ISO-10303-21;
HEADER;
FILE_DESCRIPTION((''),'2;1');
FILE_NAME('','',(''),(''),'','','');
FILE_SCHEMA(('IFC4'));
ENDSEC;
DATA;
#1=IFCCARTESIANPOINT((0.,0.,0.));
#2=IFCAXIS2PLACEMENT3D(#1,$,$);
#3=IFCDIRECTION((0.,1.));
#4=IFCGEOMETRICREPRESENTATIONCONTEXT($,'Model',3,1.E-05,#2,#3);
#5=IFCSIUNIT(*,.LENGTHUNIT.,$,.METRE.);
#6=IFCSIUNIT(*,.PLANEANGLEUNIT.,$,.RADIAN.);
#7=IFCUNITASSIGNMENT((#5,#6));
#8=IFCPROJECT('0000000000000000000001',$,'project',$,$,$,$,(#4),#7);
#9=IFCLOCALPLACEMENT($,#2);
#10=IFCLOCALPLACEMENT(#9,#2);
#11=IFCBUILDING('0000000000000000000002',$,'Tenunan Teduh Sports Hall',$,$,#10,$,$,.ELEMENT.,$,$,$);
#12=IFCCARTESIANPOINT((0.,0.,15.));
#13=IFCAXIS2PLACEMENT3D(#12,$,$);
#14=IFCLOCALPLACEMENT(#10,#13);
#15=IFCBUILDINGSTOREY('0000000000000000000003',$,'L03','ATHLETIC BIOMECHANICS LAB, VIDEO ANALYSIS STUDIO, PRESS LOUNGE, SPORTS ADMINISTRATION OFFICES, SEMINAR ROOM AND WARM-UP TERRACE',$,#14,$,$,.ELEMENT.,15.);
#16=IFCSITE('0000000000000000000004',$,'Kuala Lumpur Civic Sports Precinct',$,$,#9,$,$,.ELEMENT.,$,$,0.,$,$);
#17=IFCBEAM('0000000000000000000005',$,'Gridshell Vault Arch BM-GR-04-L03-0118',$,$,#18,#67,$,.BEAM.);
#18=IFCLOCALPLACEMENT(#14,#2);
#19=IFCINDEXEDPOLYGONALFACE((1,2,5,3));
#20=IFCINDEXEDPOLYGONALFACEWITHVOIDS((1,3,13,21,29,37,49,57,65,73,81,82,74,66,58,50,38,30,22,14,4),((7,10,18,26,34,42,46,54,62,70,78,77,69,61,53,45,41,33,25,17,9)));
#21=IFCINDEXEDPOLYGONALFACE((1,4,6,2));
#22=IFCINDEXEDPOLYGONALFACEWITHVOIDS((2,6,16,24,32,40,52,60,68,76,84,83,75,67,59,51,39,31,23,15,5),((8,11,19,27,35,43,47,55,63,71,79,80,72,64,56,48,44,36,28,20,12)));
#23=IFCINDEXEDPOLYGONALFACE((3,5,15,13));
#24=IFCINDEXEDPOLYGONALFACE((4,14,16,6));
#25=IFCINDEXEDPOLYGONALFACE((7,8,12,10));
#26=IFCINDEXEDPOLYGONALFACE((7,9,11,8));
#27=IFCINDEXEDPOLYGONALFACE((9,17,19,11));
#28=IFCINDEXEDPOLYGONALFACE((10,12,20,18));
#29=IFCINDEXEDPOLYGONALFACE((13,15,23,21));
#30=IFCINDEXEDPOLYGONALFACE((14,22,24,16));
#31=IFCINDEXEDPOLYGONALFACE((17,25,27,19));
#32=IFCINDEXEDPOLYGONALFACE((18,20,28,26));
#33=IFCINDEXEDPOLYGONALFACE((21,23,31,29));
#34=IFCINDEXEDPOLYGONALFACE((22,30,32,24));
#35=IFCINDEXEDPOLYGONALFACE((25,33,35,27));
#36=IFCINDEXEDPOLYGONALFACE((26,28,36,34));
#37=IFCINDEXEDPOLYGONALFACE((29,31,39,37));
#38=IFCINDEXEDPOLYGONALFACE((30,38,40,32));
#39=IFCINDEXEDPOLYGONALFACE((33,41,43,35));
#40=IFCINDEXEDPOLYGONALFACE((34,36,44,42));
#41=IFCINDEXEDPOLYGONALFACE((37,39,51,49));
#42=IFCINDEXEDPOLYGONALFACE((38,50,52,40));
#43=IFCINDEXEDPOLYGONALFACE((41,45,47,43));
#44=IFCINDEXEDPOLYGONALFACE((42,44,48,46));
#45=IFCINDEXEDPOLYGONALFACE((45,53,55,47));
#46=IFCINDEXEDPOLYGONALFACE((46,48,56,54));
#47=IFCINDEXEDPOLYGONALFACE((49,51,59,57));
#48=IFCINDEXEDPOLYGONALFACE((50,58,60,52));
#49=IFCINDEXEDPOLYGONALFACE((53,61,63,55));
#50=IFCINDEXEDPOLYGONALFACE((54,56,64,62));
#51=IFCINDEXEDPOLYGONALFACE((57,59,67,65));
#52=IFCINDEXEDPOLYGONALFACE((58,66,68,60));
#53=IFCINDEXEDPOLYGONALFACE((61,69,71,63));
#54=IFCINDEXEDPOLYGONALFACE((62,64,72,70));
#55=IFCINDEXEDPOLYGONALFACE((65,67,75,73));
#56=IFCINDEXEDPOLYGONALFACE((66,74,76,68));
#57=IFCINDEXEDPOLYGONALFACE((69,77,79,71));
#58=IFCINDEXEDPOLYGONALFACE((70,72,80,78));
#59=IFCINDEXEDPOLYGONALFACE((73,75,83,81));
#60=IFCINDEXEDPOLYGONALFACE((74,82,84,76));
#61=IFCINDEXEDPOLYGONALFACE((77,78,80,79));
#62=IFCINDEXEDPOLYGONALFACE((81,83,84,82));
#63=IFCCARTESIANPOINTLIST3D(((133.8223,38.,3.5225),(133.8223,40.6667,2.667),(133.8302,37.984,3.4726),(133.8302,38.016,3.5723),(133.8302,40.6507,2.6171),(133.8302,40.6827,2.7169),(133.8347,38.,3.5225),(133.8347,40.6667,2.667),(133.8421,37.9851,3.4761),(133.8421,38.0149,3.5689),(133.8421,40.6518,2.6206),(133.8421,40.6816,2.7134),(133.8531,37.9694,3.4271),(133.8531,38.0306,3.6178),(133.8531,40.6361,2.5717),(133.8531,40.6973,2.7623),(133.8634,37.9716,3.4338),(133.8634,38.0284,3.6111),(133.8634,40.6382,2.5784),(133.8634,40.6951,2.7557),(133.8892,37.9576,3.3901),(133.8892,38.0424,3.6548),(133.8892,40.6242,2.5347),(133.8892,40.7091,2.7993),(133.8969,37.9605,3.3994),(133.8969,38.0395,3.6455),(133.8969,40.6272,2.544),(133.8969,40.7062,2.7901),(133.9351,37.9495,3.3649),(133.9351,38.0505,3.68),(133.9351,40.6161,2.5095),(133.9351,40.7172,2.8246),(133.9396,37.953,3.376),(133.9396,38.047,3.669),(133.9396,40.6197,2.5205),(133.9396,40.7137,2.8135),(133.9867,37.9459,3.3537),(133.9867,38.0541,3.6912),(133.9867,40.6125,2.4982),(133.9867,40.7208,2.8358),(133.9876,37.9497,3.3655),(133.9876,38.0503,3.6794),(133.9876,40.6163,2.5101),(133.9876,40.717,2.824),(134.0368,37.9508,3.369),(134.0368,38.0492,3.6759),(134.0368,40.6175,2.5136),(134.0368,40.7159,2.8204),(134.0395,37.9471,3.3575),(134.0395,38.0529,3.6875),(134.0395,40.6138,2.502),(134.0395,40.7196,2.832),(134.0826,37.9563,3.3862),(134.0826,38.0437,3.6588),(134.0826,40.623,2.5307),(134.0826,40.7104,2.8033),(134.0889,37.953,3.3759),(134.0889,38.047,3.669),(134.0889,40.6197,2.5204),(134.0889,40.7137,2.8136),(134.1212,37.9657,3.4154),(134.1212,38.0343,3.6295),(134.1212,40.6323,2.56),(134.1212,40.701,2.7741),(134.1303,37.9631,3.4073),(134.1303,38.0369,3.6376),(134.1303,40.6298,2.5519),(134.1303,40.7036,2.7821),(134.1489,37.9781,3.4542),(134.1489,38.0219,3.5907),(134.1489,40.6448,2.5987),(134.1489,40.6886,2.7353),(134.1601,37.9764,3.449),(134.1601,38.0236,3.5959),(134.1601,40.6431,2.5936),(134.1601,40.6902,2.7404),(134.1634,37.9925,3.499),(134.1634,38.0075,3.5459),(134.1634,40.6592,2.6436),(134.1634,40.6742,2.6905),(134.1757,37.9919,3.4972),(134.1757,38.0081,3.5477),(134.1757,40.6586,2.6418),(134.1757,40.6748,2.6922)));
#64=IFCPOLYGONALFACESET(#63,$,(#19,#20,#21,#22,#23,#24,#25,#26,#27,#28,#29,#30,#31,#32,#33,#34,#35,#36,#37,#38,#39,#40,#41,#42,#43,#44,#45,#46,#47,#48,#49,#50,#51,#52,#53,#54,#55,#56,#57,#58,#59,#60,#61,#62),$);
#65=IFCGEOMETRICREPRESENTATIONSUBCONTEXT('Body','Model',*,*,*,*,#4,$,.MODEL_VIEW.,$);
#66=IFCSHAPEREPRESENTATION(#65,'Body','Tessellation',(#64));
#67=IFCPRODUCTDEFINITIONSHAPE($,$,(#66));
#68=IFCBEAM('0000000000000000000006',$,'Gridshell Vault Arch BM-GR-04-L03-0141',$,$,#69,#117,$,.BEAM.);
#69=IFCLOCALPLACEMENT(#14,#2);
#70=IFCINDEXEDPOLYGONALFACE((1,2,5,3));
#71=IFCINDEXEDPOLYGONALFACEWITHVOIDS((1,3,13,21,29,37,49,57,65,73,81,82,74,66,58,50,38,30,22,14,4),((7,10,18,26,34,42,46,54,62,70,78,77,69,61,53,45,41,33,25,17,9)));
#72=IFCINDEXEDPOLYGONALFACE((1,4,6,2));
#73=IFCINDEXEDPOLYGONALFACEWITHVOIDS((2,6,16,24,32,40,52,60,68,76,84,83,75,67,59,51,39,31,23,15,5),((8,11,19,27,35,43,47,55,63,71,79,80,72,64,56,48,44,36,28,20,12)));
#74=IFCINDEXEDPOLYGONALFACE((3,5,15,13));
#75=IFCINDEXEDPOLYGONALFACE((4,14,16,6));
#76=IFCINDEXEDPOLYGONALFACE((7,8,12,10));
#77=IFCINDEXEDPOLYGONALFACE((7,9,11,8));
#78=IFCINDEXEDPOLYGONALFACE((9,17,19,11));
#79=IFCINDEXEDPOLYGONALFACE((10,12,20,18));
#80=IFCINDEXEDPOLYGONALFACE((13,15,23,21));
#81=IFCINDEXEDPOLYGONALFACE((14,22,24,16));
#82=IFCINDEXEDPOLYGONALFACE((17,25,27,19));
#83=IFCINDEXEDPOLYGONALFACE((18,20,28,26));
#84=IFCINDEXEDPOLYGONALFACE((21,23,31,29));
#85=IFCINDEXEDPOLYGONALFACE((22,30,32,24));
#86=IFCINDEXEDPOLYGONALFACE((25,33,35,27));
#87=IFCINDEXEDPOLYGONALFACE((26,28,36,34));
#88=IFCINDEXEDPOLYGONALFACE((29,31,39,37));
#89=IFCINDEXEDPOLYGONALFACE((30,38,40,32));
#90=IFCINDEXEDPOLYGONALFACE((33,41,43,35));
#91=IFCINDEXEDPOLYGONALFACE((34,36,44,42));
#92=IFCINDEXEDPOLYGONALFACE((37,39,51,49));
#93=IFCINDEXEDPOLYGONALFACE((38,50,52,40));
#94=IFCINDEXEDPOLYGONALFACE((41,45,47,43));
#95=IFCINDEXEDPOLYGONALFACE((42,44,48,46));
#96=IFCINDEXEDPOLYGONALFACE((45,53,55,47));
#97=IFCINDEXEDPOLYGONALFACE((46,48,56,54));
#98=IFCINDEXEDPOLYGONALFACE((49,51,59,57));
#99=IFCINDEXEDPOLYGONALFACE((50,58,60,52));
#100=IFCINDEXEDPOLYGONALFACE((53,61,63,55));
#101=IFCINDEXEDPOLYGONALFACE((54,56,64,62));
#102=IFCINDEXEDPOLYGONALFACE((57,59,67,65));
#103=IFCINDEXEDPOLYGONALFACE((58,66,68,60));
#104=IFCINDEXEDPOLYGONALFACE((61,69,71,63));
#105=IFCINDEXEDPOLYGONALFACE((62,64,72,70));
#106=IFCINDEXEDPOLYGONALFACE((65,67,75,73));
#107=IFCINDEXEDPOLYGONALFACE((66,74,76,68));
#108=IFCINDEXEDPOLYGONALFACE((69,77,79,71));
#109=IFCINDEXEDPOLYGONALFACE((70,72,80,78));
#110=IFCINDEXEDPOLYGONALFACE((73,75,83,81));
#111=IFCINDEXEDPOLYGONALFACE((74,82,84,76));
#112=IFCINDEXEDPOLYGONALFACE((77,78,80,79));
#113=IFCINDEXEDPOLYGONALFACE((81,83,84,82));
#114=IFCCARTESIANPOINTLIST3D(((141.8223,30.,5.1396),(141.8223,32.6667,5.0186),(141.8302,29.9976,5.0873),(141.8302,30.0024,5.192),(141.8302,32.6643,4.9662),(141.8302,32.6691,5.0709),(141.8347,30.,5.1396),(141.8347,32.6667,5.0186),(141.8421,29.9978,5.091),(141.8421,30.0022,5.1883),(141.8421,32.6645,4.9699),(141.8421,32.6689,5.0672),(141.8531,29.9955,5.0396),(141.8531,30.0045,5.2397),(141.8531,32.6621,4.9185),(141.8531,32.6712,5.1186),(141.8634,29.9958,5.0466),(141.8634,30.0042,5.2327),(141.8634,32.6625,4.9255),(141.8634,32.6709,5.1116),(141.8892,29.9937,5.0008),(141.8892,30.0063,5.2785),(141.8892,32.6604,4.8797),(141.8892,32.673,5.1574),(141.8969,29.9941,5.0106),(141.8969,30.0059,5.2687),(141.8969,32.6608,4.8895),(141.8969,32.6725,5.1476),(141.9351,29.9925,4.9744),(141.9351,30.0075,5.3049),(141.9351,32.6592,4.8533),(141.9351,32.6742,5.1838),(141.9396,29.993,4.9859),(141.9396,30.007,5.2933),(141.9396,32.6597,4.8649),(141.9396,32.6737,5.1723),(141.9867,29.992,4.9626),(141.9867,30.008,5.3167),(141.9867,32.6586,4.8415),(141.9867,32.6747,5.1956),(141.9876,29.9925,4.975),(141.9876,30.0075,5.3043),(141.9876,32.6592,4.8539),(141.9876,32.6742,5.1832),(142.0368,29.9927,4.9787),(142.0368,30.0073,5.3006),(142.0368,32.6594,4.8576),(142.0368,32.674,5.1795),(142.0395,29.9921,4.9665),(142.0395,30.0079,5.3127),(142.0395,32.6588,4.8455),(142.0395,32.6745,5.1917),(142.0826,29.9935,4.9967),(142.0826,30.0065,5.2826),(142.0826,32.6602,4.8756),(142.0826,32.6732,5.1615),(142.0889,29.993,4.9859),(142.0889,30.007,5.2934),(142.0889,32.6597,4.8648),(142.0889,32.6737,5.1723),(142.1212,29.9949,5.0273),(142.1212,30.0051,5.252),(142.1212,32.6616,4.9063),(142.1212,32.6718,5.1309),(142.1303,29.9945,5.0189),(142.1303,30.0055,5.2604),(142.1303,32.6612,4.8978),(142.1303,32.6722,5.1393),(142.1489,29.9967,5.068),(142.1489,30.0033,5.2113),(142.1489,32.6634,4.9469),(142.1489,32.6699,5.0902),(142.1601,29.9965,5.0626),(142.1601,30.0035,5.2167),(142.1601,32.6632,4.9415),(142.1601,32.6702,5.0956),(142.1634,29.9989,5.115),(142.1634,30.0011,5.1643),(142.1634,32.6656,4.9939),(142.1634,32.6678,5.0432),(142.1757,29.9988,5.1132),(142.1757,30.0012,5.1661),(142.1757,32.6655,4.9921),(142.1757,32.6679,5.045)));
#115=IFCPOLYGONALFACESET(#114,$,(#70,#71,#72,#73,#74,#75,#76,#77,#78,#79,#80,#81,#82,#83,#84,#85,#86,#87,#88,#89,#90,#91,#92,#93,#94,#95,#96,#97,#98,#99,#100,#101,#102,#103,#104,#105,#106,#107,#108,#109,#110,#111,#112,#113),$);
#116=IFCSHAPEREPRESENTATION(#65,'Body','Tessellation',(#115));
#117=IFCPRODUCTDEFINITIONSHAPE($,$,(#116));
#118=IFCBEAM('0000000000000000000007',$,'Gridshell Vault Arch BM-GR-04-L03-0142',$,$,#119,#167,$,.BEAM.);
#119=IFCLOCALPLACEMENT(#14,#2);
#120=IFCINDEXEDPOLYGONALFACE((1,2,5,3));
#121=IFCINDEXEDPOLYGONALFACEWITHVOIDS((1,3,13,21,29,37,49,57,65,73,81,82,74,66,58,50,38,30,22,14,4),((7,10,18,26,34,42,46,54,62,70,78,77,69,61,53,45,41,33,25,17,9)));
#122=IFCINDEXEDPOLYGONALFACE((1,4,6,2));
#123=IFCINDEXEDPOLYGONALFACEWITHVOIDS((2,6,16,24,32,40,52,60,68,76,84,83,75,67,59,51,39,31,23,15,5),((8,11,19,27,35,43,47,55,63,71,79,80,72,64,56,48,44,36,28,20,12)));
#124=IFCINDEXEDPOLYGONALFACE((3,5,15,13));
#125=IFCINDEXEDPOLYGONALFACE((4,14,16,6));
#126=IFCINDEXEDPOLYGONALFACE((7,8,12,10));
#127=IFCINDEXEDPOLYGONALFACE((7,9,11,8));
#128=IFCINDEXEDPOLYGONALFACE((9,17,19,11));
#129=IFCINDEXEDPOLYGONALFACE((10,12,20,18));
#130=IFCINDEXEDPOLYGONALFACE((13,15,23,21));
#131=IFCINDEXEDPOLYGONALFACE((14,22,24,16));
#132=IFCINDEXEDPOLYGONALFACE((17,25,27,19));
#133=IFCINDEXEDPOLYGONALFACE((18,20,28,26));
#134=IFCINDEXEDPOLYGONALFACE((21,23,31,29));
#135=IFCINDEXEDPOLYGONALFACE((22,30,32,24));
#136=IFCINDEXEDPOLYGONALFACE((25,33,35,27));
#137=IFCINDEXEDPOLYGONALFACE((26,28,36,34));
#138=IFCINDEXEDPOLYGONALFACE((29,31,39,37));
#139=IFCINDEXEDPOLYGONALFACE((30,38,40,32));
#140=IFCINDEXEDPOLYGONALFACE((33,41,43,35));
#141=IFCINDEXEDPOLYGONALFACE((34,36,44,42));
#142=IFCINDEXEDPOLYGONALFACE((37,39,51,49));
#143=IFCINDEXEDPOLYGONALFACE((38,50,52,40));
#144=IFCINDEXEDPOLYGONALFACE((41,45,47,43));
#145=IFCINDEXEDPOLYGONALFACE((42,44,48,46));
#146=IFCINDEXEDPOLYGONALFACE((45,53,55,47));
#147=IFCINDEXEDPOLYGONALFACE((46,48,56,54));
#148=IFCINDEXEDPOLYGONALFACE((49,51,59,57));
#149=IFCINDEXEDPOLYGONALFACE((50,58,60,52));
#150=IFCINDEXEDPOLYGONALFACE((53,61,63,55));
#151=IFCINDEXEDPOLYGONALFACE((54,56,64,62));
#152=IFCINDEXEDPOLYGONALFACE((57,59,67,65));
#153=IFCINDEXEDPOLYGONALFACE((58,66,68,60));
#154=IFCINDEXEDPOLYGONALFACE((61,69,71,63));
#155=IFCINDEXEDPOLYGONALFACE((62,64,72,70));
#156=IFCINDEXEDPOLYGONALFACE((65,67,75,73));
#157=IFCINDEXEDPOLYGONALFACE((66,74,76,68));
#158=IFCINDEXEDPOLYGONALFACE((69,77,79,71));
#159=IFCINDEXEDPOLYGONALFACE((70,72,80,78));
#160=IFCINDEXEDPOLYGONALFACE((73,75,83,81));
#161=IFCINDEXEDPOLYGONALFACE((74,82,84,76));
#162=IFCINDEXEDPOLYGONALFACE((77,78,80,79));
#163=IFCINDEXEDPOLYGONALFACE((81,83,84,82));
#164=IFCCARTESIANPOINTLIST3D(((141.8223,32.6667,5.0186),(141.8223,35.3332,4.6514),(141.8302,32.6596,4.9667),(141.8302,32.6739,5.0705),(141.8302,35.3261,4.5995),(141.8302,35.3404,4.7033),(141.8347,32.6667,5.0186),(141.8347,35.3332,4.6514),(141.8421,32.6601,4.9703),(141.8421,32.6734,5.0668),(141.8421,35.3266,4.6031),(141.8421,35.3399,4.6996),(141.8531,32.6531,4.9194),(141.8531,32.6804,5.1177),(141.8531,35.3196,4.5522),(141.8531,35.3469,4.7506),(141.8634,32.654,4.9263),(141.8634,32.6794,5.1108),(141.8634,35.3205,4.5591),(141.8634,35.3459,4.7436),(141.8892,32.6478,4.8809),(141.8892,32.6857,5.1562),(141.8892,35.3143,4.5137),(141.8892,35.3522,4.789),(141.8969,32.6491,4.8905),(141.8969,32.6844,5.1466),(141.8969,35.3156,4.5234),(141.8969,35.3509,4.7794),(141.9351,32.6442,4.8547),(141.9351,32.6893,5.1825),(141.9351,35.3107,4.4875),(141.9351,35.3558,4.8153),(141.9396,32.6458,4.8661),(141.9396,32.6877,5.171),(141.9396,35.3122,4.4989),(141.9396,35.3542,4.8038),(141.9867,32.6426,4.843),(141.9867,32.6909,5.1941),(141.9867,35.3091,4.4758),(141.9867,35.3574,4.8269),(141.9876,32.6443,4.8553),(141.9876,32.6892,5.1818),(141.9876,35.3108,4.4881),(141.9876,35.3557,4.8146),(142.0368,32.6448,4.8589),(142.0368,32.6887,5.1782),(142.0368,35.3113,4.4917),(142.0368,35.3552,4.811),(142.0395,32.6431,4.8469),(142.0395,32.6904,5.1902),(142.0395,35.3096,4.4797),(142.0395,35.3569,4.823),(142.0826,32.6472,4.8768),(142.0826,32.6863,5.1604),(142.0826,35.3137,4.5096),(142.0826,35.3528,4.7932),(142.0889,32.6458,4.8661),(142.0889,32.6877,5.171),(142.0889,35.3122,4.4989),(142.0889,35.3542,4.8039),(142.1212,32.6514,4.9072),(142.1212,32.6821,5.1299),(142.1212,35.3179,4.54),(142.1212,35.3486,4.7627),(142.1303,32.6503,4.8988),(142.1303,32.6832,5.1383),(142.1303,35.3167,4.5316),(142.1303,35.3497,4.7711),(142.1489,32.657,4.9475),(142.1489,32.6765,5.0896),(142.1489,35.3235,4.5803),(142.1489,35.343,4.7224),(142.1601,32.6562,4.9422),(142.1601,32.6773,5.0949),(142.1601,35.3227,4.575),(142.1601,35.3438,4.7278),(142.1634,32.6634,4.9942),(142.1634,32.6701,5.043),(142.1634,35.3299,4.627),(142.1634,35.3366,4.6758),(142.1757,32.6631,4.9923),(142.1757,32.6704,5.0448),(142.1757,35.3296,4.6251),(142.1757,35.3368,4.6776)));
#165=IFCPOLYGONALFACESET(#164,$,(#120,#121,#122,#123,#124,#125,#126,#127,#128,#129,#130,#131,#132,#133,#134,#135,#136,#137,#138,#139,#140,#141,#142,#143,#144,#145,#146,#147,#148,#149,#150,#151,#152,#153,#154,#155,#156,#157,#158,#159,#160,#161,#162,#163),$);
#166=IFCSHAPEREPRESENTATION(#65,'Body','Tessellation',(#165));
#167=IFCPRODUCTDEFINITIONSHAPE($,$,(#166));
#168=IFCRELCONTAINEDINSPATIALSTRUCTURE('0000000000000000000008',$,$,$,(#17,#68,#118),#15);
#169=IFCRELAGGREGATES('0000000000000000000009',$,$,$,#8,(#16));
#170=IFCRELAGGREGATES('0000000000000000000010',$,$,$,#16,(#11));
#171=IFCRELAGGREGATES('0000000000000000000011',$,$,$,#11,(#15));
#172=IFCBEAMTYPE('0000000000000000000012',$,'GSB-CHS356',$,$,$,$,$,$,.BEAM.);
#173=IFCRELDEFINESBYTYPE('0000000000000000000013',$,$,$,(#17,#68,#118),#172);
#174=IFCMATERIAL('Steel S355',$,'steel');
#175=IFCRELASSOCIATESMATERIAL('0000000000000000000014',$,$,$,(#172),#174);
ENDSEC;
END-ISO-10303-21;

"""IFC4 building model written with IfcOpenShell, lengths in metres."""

from ifc_helpers import new_model, si_unit, direction, frame, origin, origin_2d, place, context, subcontext, project, spatial, hollow_circle, extrude, material, material_profile, profile_set, type_object, element, save


model = new_model("IFC4")

# Units and contexts
model_context = context("Model", 3, precision=1e-05, world=origin(), true_north=direction((0.0, 1.0)))
body_context = subcontext(model_context, "Body", "Model", "MODEL_VIEW")
ifc_project = project(units=[si_unit("LENGTHUNIT", "METRE"), si_unit("PLANEANGLEUNIT", "RADIAN")], contexts=[model_context])

# Site, building, storey
site_placement = place(None, origin())
site = spatial("IfcSite", under=ifc_project, at=site_placement, Name="Kuala Lumpur Civic Sports Precinct", CompositionType="ELEMENT", RefElevation=0.0)
building_placement = place(site_placement, origin())
building = spatial("IfcBuilding", under=site, at=building_placement, Name="Tenunan Teduh Sports Hall", CompositionType="ELEMENT")
storey_placement = place(building_placement, frame((0.0, 0.0, 15.0)))
storey = spatial("IfcBuildingStorey", under=building, at=storey_placement, Name="L03", Description="ATHLETIC BIOMECHANICS LAB, VIDEO ANALYSIS STUDIO, PRESS LOUNGE, SPORTS ADMINISTRATION OFFICES, SEMINAR ROOM AND WARM-UP TERRACE", CompositionType="ELEMENT", Elevation=15.0)

# Beams
ifc_material_1 = material(Name="Steel S355", Category="steel")
ifc_material_profile_1 = material_profile(ifc_material_1, hollow_circle(Radius=0.1777, WallThickness=0.0125, at=origin_2d()), Name="CHS 355.6x12.5")
ifc_profile_set_1 = profile_set([ifc_material_profile_1], Name="Steel S355")
beam_type_1 = type_object("IfcBeamType", Name="GSB-CHS356", PredefinedType="BEAM", material=ifc_profile_set_1)
beam_1_placement = place(storey_placement, frame((134.0, 38.0, 3.5225), z_axis=(0.0, 0.952205, -0.305459), x_axis=(-1.0, 0.0, 0.0)))
element("IfcBeam", 1, at=beam_1_placement, inside=storey, type_object=beam_type_1, Name="Gridshell Vault Arch BM-GR-04-L03-0118", PredefinedType="BEAM", context=body_context, shape_type="SweptSolid", body=[
    extrude(hollow_circle(Radius=0.1777, WallThickness=0.0125, at=origin_2d()), origin(), (0.0, 0.0, 1.0), 2.8005),
])
beam_2_placement = place(storey_placement, frame((142.0, 30.0, 5.1396), z_axis=(0.0, 0.998971, -0.045362), x_axis=(-1.0, 0.0, 0.0)))
element("IfcBeam", 2, at=beam_2_placement, inside=storey, type_object=beam_type_1, Name="Gridshell Vault Arch BM-GR-04-L03-0141", PredefinedType="BEAM", context=body_context, shape_type="SweptSolid", body=[
    extrude(hollow_circle(Radius=0.1777, WallThickness=0.0125, at=origin_2d()), origin(), (0.0, 0.0, 1.0), 2.6694),
])
beam_3_placement = place(storey_placement, frame((142.0, 32.6667, 5.0186), z_axis=(0.0, 0.990652, -0.136416), x_axis=(-1.0, 0.0, 0.0)))
element("IfcBeam", 3, at=beam_3_placement, inside=storey, type_object=beam_type_1, Name="Gridshell Vault Arch BM-GR-04-L03-0142", PredefinedType="BEAM", context=body_context, shape_type="SweptSolid", body=[
    extrude(hollow_circle(Radius=0.1777, WallThickness=0.0125, at=origin_2d()), origin(), (0.0, 0.0, 1.0), 2.6917),
])

save(model, "model.ifc")
